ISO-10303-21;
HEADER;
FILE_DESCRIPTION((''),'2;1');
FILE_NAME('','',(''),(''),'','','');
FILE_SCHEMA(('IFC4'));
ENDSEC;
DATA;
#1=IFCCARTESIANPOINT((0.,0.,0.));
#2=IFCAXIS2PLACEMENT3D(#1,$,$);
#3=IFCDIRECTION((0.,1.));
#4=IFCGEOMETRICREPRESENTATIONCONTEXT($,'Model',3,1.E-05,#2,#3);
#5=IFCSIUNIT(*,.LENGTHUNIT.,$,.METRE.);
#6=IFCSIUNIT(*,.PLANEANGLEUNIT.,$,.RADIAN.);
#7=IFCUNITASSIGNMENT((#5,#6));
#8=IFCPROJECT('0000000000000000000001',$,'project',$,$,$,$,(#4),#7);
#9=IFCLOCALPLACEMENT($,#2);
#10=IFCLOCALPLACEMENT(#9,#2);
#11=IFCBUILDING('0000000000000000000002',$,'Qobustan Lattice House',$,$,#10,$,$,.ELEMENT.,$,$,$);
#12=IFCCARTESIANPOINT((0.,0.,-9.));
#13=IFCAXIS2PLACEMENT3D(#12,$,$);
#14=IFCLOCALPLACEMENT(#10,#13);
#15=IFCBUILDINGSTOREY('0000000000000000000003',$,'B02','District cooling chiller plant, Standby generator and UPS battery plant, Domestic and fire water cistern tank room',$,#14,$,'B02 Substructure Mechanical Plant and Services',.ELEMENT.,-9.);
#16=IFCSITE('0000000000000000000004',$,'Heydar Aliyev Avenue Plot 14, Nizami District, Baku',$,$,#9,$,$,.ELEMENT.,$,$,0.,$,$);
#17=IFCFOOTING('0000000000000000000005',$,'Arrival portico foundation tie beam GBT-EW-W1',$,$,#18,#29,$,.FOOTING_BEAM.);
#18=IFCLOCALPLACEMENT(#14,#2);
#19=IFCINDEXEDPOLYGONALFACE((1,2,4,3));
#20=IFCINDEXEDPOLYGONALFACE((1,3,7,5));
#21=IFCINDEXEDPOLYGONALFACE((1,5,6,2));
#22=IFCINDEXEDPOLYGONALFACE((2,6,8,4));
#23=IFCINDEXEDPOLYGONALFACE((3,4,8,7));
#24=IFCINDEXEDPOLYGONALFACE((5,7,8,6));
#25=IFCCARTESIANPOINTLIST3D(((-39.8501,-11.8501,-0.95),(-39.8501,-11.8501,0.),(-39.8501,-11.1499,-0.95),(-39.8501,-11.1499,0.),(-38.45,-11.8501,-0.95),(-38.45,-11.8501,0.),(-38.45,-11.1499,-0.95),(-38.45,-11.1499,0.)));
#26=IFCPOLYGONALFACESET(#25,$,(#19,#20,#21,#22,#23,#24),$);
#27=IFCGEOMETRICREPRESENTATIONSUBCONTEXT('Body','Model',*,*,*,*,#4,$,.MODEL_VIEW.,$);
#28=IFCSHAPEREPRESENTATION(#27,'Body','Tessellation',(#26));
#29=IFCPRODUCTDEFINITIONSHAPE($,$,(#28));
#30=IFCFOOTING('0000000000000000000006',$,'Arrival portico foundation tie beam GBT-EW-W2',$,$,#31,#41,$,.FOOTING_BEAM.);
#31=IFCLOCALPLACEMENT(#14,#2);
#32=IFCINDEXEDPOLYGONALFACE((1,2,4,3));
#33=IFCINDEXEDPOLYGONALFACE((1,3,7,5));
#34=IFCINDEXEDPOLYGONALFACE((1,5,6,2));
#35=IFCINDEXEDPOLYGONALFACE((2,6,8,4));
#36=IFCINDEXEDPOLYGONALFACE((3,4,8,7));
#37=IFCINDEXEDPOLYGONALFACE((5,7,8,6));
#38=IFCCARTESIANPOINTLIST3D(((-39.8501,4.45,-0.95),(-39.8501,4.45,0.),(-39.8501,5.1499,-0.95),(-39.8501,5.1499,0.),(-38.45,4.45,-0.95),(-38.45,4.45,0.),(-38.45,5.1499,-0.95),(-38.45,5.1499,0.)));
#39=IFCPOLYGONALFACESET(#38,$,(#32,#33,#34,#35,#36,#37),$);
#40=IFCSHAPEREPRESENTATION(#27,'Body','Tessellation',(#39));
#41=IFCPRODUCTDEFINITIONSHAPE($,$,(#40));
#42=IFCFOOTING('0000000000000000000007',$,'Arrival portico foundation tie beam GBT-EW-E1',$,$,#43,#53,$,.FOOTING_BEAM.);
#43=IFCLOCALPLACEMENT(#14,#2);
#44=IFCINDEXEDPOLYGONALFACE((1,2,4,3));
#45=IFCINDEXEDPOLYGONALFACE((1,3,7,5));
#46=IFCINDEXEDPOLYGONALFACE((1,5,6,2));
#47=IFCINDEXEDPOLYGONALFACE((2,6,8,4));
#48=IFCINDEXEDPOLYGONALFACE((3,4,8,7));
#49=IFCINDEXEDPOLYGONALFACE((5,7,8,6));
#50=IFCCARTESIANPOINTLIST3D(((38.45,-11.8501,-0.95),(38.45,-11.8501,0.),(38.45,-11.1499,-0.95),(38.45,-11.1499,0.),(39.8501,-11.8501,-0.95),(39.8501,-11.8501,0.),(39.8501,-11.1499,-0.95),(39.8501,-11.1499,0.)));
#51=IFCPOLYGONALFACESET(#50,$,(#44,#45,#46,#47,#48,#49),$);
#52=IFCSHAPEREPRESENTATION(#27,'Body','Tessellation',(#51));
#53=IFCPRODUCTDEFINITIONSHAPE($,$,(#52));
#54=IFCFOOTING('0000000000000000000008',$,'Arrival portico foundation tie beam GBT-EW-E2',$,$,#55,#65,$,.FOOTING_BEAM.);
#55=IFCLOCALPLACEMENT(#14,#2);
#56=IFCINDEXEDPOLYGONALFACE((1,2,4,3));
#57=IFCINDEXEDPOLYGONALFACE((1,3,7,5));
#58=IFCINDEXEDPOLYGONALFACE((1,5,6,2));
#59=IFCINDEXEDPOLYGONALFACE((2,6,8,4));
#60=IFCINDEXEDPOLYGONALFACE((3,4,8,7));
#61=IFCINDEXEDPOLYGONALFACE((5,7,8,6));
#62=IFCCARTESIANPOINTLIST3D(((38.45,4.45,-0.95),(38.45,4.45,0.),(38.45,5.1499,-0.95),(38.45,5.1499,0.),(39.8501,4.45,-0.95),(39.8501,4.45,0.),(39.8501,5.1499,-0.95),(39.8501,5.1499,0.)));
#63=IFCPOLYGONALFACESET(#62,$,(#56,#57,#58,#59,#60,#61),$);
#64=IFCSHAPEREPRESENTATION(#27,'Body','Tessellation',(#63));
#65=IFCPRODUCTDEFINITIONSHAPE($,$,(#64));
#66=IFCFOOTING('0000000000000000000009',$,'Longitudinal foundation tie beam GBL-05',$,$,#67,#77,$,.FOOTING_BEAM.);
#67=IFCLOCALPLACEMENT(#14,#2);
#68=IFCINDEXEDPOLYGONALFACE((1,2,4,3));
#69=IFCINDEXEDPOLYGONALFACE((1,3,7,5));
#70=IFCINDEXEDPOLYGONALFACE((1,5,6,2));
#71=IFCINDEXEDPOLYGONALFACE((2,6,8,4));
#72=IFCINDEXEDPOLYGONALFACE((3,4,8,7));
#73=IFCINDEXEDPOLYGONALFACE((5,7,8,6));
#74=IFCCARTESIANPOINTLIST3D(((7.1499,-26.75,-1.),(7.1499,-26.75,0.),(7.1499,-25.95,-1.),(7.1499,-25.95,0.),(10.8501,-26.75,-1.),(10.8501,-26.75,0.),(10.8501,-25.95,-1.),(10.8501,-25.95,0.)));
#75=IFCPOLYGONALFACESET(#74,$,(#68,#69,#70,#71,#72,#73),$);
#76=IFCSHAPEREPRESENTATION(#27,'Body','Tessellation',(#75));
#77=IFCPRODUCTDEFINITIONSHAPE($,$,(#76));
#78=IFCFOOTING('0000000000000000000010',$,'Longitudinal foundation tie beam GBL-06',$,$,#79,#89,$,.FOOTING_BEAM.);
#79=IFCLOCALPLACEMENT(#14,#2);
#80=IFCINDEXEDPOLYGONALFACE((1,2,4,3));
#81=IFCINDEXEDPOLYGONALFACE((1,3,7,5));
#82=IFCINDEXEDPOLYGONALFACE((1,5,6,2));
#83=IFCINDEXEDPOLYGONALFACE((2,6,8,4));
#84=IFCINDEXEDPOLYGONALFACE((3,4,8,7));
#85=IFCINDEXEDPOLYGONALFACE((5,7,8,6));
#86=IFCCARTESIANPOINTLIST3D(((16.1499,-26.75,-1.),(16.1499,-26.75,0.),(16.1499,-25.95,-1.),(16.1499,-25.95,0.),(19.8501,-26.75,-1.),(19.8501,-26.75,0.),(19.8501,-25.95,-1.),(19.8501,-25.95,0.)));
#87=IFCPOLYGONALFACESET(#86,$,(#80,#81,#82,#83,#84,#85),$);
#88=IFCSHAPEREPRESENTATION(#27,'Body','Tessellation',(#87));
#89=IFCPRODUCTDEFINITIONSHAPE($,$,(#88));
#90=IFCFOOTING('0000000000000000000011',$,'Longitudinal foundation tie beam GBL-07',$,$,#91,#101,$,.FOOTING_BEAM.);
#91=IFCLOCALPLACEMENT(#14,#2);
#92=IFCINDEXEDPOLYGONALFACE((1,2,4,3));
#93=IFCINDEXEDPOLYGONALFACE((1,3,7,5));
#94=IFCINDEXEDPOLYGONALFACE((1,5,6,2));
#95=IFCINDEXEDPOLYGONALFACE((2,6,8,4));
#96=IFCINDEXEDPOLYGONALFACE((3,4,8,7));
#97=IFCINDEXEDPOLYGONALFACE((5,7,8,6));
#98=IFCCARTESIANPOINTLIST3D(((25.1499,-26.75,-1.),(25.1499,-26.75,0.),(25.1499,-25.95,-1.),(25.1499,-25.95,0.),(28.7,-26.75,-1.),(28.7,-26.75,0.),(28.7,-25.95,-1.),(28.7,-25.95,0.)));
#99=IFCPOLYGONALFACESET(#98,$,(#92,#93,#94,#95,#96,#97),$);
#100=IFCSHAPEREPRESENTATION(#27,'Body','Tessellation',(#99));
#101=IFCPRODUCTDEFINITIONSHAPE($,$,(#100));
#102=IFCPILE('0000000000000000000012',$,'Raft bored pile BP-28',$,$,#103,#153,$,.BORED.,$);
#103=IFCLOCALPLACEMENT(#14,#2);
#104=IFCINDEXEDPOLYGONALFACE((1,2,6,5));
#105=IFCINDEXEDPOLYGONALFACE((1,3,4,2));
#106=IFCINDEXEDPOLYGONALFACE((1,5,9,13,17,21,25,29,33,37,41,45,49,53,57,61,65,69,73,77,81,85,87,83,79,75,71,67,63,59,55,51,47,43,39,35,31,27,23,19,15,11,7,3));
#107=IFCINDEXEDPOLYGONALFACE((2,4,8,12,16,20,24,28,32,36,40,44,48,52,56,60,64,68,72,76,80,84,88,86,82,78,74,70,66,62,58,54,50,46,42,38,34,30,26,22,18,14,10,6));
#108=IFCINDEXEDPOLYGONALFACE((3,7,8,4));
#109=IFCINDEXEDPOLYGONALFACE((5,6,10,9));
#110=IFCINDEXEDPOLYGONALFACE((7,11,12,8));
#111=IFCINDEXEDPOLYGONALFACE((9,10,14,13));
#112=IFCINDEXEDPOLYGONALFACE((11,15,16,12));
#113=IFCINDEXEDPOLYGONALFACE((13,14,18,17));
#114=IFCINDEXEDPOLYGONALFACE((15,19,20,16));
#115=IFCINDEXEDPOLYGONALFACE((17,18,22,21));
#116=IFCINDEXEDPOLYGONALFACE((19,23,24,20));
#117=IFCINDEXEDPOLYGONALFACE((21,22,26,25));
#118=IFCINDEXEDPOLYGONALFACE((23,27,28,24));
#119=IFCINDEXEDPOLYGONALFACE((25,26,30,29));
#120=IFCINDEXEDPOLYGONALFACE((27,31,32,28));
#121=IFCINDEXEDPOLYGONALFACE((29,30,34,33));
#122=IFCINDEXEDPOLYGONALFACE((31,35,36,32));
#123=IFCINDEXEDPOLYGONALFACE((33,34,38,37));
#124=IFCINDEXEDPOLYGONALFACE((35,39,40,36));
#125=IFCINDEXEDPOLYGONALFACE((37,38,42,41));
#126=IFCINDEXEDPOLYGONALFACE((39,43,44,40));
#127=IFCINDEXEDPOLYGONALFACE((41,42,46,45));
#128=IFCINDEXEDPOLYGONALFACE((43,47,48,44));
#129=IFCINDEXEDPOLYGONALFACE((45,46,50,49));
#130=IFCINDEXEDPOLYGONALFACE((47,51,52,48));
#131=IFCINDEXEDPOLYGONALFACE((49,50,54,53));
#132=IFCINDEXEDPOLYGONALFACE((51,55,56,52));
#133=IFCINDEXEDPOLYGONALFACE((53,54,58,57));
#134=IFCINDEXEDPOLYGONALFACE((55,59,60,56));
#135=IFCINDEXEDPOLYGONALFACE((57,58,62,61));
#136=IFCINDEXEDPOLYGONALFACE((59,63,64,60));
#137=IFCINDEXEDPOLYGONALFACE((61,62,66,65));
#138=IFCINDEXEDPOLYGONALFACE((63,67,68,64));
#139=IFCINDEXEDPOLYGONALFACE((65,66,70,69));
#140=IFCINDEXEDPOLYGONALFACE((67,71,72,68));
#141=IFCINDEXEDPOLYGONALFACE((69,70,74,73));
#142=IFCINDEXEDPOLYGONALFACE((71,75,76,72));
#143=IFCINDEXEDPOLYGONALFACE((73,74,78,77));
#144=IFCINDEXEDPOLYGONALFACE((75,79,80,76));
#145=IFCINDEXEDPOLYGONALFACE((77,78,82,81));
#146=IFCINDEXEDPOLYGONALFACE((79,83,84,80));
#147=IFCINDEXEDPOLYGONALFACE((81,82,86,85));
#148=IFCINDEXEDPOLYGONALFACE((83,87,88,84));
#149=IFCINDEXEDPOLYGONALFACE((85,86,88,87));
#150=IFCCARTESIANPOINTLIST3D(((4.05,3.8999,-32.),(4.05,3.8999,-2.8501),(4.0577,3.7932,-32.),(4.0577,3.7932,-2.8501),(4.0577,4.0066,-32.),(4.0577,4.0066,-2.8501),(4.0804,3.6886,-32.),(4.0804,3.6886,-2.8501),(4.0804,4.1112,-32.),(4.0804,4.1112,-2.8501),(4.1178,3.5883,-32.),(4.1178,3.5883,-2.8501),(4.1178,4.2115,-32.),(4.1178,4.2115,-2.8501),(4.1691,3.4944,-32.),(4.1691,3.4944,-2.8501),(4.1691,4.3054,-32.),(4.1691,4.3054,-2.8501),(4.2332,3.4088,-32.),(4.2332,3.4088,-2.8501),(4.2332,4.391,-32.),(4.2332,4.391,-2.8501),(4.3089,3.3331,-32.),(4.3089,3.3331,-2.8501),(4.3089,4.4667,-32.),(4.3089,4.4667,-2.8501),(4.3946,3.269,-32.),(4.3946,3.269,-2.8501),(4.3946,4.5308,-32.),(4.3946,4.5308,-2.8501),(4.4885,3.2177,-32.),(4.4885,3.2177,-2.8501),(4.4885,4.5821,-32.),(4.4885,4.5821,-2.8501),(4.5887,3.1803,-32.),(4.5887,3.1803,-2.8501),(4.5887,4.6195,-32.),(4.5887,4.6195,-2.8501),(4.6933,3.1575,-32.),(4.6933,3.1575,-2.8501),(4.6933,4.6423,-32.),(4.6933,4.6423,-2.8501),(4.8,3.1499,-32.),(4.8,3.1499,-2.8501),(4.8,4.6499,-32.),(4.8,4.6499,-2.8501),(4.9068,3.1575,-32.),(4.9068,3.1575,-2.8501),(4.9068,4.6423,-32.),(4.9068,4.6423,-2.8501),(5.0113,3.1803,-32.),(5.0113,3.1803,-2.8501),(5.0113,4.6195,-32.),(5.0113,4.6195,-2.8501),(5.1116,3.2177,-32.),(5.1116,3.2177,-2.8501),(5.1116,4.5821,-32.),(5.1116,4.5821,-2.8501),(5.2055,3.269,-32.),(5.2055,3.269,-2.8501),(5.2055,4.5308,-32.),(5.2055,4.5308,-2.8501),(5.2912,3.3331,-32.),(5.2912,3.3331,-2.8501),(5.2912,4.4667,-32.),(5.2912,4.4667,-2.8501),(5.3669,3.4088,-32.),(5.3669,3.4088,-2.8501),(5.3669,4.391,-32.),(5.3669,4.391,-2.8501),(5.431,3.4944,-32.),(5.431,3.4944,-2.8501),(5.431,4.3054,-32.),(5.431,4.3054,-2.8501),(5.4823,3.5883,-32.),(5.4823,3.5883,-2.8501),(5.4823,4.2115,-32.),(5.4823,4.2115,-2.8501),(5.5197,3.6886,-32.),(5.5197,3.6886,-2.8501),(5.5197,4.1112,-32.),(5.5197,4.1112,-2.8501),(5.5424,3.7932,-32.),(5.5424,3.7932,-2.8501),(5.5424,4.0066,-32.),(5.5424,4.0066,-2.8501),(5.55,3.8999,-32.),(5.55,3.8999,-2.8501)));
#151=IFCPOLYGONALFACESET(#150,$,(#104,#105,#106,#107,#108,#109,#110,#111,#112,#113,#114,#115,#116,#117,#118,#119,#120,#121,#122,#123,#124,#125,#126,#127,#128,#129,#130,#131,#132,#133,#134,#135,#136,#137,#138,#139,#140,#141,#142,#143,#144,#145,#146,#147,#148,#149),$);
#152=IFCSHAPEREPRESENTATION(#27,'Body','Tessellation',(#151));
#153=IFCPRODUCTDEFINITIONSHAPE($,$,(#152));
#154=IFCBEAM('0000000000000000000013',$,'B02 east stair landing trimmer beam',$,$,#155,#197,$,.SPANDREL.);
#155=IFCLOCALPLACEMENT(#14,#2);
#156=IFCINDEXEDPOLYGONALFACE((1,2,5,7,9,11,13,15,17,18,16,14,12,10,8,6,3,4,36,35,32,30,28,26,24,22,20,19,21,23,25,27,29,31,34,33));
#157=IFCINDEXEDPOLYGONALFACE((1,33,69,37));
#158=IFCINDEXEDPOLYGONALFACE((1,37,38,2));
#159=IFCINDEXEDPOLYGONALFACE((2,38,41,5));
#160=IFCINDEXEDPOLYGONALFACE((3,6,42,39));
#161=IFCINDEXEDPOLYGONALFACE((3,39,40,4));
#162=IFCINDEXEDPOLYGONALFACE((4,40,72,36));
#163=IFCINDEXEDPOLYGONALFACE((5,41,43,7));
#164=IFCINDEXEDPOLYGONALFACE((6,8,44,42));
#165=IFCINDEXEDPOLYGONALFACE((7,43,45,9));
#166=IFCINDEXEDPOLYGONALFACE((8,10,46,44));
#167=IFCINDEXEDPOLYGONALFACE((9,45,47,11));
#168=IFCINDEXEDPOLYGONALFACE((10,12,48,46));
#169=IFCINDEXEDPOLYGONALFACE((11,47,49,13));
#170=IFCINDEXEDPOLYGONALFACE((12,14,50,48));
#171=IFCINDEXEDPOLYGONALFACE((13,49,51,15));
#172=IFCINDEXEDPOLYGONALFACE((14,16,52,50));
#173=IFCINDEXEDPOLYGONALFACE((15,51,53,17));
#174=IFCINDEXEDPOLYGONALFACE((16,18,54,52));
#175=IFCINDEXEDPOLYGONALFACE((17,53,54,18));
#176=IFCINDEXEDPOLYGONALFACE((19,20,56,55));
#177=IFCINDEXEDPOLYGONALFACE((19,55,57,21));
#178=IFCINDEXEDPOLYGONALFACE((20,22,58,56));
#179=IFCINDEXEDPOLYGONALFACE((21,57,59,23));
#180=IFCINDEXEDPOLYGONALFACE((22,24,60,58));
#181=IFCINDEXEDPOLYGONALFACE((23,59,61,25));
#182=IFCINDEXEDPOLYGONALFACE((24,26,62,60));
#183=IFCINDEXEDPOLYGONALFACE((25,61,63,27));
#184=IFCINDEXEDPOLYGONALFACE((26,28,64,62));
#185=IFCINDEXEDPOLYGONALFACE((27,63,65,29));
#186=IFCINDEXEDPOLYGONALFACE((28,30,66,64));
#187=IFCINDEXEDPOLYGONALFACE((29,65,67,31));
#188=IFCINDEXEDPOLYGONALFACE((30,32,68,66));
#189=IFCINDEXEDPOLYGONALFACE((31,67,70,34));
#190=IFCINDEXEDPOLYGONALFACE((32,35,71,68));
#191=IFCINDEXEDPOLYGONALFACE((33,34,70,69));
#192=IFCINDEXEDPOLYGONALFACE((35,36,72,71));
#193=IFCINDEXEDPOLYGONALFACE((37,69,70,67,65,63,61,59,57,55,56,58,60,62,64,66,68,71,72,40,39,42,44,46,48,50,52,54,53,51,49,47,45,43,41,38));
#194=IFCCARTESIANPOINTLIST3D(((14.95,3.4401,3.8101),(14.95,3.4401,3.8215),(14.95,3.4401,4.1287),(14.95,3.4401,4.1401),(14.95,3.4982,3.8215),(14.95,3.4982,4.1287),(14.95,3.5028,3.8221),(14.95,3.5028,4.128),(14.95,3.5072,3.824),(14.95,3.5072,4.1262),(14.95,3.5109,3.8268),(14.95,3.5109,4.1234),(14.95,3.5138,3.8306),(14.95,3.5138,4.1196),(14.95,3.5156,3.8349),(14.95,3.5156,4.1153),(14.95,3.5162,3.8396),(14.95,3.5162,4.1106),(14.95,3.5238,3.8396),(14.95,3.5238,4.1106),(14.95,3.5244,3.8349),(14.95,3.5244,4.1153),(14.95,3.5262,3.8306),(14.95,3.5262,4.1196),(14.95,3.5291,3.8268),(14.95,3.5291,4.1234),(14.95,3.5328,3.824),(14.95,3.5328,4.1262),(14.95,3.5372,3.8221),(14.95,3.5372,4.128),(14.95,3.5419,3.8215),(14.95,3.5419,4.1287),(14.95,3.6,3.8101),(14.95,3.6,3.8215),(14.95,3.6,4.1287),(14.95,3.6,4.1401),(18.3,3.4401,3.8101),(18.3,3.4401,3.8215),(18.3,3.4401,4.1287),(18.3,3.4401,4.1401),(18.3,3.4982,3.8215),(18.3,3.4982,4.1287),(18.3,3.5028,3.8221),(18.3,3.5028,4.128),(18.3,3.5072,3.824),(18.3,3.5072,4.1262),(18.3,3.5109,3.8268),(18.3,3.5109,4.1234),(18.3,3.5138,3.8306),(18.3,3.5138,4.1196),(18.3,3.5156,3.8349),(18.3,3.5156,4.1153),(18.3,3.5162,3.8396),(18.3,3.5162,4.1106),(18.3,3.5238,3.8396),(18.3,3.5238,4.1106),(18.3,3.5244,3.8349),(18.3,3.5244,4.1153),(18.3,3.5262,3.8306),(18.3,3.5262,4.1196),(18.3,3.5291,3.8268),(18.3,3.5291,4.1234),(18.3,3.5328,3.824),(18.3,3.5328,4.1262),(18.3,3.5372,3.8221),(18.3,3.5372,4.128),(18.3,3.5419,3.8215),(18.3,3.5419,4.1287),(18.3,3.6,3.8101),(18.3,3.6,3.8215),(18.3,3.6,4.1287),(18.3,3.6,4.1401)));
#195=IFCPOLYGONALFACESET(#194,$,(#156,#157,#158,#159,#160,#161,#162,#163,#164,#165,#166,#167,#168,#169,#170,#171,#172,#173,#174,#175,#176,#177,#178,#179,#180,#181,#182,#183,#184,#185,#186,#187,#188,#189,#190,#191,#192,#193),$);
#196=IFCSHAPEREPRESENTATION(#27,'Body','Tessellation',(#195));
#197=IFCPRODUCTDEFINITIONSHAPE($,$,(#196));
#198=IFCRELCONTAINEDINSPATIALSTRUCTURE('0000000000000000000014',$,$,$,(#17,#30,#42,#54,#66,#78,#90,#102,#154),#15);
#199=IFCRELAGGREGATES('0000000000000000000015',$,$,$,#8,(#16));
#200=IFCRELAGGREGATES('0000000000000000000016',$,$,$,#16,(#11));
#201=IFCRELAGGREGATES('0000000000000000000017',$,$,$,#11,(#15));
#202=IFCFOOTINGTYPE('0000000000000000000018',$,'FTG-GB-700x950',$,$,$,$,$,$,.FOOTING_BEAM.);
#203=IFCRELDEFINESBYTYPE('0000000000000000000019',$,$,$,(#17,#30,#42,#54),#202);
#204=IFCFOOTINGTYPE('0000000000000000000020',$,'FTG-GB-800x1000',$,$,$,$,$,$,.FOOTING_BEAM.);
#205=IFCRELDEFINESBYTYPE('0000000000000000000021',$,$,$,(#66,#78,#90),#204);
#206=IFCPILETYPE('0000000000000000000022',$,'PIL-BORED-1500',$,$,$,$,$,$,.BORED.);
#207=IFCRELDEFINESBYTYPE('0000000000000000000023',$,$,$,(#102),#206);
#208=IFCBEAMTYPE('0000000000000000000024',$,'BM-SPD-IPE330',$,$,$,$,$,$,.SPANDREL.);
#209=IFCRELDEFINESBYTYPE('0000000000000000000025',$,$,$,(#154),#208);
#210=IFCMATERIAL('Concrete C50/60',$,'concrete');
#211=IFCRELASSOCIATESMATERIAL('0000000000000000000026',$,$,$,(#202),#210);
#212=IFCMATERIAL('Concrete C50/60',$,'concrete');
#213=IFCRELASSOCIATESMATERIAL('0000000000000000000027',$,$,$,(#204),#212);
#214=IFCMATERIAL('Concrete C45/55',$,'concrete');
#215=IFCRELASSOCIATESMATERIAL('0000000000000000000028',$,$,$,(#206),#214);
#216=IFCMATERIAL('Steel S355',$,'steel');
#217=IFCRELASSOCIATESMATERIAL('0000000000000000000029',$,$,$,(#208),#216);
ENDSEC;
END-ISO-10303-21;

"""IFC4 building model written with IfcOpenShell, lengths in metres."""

from ifc_helpers import new_model, si_unit, direction, frame, origin, origin_2d, place, context, subcontext, project, spatial, polyline, circle, i_section, outline, extrude, material, material_profile, profile_set, type_object, element, save


model = new_model("IFC4")

# Units and contexts
model_context = context("Model", 3, precision=1e-05, world=origin(), true_north=direction((0.0, 1.0)))
body_context = subcontext(model_context, "Body", "Model", "MODEL_VIEW")
ifc_project = project(units=[si_unit("LENGTHUNIT", "METRE"), si_unit("PLANEANGLEUNIT", "RADIAN")], contexts=[model_context])

# Site, building, storey
site_placement = place(None, origin())
site = spatial("IfcSite", under=ifc_project, at=site_placement, Name="Heydar Aliyev Avenue Plot 14, Nizami District, Baku", CompositionType="ELEMENT", RefElevation=0.0)
building_placement = place(site_placement, origin())
building = spatial("IfcBuilding", under=site, at=building_placement, Name="Qobustan Lattice House", CompositionType="ELEMENT")
storey_placement = place(building_placement, frame((0.0, 0.0, -9.0)))
storey = spatial("IfcBuildingStorey", under=building, at=storey_placement, Name="B02", Description="District cooling chiller plant, Standby generator and UPS battery plant, Domestic and fire water cistern tank room", LongName="B02 Substructure Mechanical Plant and Services", CompositionType="ELEMENT", Elevation=-9.0)

# Footings
ifc_material_1 = material(Name="Concrete C50/60", Category="concrete")
footing_type_1 = type_object("IfcFootingType", Name="FTG-GB-700x950", PredefinedType="FOOTING_BEAM", material=ifc_material_1)
footing_1_placement = place(storey_placement, frame((0.0, 0.0, -0.95)))
element("IfcFooting", 1, at=footing_1_placement, inside=storey, type_object=footing_type_1, Name="Arrival portico foundation tie beam GBT-EW-W1", PredefinedType="FOOTING_BEAM", context=body_context, shape_type="SweptSolid", body=[
    extrude(outline(polyline([(-39.8501, -11.8501), (-38.45, -11.8501), (-38.45, -11.1499), (-39.8501, -11.1499), (-39.8501, -11.8501)])), origin(), (0.0, 0.0, 1.0), 0.95),
])
footing_2_placement = place(storey_placement, frame((0.0, 0.0, -0.95)))
element("IfcFooting", 2, at=footing_2_placement, inside=storey, type_object=footing_type_1, Name="Arrival portico foundation tie beam GBT-EW-W2", PredefinedType="FOOTING_BEAM", context=body_context, shape_type="SweptSolid", body=[
    extrude(outline(polyline([(-39.8501, 4.45), (-38.45, 4.45), (-38.45, 5.1499), (-39.8501, 5.1499), (-39.8501, 4.45)])), origin(), (0.0, 0.0, 1.0), 0.95),
])
footing_3_placement = place(storey_placement, frame((0.0, 0.0, -0.95)))
element("IfcFooting", 3, at=footing_3_placement, inside=storey, type_object=footing_type_1, Name="Arrival portico foundation tie beam GBT-EW-E1", PredefinedType="FOOTING_BEAM", context=body_context, shape_type="SweptSolid", body=[
    extrude(outline(polyline([(38.45, -11.8501), (39.8501, -11.8501), (39.8501, -11.1499), (38.45, -11.1499), (38.45, -11.8501)])), origin(), (0.0, 0.0, 1.0), 0.95),
])
footing_4_placement = place(storey_placement, frame((0.0, 0.0, -0.95)))
element("IfcFooting", 4, at=footing_4_placement, inside=storey, type_object=footing_type_1, Name="Arrival portico foundation tie beam GBT-EW-E2", PredefinedType="FOOTING_BEAM", context=body_context, shape_type="SweptSolid", body=[
    extrude(outline(polyline([(38.45, 4.45), (39.8501, 4.45), (39.8501, 5.1499), (38.45, 5.1499), (38.45, 4.45)])), origin(), (0.0, 0.0, 1.0), 0.95),
])
ifc_material_2 = material(Name="Concrete C50/60", Category="concrete")
footing_type_2 = type_object("IfcFootingType", Name="FTG-GB-800x1000", PredefinedType="FOOTING_BEAM", material=ifc_material_2)
footing_5_placement = place(storey_placement, frame((0.0, 0.0, -1.0)))
element("IfcFooting", 5, at=footing_5_placement, inside=storey, type_object=footing_type_2, Name="Longitudinal foundation tie beam GBL-05", PredefinedType="FOOTING_BEAM", context=body_context, shape_type="SweptSolid", body=[
    extrude(outline(polyline([(7.1499, -26.75), (10.8501, -26.75), (10.8501, -25.95), (7.1499, -25.95), (7.1499, -26.75)])), origin(), (0.0, 0.0, 1.0), 1.0),
])
footing_6_placement = place(storey_placement, frame((0.0, 0.0, -1.0)))
element("IfcFooting", 6, at=footing_6_placement, inside=storey, type_object=footing_type_2, Name="Longitudinal foundation tie beam GBL-06", PredefinedType="FOOTING_BEAM", context=body_context, shape_type="SweptSolid", body=[
    extrude(outline(polyline([(16.1499, -26.75), (19.8501, -26.75), (19.8501, -25.95), (16.1499, -25.95), (16.1499, -26.75)])), origin(), (0.0, 0.0, 1.0), 1.0),
])
footing_7_placement = place(storey_placement, frame((0.0, 0.0, -1.0)))
element("IfcFooting", 7, at=footing_7_placement, inside=storey, type_object=footing_type_2, Name="Longitudinal foundation tie beam GBL-07", PredefinedType="FOOTING_BEAM", context=body_context, shape_type="SweptSolid", body=[
    extrude(outline(polyline([(25.1499, -26.75), (28.7, -26.75), (28.7, -25.95), (25.1499, -25.95), (25.1499, -26.75)])), origin(), (0.0, 0.0, 1.0), 1.0),
])

# Pile
ifc_material_3 = material(Name="Concrete C45/55", Category="concrete")
ifc_material_profile_1 = material_profile(ifc_material_3, circle(Radius=0.75, at=origin_2d()), Name="PILE-D1500")
ifc_profile_set_1 = profile_set([ifc_material_profile_1], Name="Concrete C45/55")
pile_type = type_object("IfcPileType", Name="PIL-BORED-1500", PredefinedType="BORED", material=ifc_profile_set_1)
pile_placement = place(storey_placement, frame((4.8, 3.8999, -2.8501), z_axis=(0.0, 0.0, -1.0), x_axis=(1.0, 0.0, 0.0)))
element("IfcPile", 8, at=pile_placement, inside=storey, type_object=pile_type, Name="Raft bored pile BP-28", PredefinedType="BORED", context=body_context, shape_type="SweptSolid", body=[
    extrude(circle(Radius=0.75, at=origin_2d()), origin(), (0.0, 0.0, 1.0), 29.1499),
])

# Beam
ifc_material_4 = material(Name="Steel S355", Category="steel")
ifc_material_profile_2 = material_profile(ifc_material_4, i_section(OverallWidth=0.1599, OverallDepth=0.3301, WebThickness=0.0076, FlangeThickness=0.0115, FilletRadius=0.0181, at=origin_2d()), Name="IPE330")
ifc_profile_set_2 = profile_set([ifc_material_profile_2], Name="Steel S355")
beam_type = type_object("IfcBeamType", Name="BM-SPD-IPE330", PredefinedType="SPANDREL", material=ifc_profile_set_2)
beam_placement = place(storey_placement, frame((14.95, 3.52, 3.9751), z_axis=(1.0, 0.0, 0.0), x_axis=(0.0, 1.0, 0.0)))
element("IfcBeam", 9, at=beam_placement, inside=storey, type_object=beam_type, Name="B02 east stair landing trimmer beam", PredefinedType="SPANDREL", context=body_context, shape_type="SweptSolid", body=[
    extrude(i_section(OverallWidth=0.1599, OverallDepth=0.3301, WebThickness=0.0076, FlangeThickness=0.0115, FilletRadius=0.0181, at=origin_2d()), origin(), (0.0, 0.0, 1.0), 3.3501),
])

save(model, "model.ifc")
